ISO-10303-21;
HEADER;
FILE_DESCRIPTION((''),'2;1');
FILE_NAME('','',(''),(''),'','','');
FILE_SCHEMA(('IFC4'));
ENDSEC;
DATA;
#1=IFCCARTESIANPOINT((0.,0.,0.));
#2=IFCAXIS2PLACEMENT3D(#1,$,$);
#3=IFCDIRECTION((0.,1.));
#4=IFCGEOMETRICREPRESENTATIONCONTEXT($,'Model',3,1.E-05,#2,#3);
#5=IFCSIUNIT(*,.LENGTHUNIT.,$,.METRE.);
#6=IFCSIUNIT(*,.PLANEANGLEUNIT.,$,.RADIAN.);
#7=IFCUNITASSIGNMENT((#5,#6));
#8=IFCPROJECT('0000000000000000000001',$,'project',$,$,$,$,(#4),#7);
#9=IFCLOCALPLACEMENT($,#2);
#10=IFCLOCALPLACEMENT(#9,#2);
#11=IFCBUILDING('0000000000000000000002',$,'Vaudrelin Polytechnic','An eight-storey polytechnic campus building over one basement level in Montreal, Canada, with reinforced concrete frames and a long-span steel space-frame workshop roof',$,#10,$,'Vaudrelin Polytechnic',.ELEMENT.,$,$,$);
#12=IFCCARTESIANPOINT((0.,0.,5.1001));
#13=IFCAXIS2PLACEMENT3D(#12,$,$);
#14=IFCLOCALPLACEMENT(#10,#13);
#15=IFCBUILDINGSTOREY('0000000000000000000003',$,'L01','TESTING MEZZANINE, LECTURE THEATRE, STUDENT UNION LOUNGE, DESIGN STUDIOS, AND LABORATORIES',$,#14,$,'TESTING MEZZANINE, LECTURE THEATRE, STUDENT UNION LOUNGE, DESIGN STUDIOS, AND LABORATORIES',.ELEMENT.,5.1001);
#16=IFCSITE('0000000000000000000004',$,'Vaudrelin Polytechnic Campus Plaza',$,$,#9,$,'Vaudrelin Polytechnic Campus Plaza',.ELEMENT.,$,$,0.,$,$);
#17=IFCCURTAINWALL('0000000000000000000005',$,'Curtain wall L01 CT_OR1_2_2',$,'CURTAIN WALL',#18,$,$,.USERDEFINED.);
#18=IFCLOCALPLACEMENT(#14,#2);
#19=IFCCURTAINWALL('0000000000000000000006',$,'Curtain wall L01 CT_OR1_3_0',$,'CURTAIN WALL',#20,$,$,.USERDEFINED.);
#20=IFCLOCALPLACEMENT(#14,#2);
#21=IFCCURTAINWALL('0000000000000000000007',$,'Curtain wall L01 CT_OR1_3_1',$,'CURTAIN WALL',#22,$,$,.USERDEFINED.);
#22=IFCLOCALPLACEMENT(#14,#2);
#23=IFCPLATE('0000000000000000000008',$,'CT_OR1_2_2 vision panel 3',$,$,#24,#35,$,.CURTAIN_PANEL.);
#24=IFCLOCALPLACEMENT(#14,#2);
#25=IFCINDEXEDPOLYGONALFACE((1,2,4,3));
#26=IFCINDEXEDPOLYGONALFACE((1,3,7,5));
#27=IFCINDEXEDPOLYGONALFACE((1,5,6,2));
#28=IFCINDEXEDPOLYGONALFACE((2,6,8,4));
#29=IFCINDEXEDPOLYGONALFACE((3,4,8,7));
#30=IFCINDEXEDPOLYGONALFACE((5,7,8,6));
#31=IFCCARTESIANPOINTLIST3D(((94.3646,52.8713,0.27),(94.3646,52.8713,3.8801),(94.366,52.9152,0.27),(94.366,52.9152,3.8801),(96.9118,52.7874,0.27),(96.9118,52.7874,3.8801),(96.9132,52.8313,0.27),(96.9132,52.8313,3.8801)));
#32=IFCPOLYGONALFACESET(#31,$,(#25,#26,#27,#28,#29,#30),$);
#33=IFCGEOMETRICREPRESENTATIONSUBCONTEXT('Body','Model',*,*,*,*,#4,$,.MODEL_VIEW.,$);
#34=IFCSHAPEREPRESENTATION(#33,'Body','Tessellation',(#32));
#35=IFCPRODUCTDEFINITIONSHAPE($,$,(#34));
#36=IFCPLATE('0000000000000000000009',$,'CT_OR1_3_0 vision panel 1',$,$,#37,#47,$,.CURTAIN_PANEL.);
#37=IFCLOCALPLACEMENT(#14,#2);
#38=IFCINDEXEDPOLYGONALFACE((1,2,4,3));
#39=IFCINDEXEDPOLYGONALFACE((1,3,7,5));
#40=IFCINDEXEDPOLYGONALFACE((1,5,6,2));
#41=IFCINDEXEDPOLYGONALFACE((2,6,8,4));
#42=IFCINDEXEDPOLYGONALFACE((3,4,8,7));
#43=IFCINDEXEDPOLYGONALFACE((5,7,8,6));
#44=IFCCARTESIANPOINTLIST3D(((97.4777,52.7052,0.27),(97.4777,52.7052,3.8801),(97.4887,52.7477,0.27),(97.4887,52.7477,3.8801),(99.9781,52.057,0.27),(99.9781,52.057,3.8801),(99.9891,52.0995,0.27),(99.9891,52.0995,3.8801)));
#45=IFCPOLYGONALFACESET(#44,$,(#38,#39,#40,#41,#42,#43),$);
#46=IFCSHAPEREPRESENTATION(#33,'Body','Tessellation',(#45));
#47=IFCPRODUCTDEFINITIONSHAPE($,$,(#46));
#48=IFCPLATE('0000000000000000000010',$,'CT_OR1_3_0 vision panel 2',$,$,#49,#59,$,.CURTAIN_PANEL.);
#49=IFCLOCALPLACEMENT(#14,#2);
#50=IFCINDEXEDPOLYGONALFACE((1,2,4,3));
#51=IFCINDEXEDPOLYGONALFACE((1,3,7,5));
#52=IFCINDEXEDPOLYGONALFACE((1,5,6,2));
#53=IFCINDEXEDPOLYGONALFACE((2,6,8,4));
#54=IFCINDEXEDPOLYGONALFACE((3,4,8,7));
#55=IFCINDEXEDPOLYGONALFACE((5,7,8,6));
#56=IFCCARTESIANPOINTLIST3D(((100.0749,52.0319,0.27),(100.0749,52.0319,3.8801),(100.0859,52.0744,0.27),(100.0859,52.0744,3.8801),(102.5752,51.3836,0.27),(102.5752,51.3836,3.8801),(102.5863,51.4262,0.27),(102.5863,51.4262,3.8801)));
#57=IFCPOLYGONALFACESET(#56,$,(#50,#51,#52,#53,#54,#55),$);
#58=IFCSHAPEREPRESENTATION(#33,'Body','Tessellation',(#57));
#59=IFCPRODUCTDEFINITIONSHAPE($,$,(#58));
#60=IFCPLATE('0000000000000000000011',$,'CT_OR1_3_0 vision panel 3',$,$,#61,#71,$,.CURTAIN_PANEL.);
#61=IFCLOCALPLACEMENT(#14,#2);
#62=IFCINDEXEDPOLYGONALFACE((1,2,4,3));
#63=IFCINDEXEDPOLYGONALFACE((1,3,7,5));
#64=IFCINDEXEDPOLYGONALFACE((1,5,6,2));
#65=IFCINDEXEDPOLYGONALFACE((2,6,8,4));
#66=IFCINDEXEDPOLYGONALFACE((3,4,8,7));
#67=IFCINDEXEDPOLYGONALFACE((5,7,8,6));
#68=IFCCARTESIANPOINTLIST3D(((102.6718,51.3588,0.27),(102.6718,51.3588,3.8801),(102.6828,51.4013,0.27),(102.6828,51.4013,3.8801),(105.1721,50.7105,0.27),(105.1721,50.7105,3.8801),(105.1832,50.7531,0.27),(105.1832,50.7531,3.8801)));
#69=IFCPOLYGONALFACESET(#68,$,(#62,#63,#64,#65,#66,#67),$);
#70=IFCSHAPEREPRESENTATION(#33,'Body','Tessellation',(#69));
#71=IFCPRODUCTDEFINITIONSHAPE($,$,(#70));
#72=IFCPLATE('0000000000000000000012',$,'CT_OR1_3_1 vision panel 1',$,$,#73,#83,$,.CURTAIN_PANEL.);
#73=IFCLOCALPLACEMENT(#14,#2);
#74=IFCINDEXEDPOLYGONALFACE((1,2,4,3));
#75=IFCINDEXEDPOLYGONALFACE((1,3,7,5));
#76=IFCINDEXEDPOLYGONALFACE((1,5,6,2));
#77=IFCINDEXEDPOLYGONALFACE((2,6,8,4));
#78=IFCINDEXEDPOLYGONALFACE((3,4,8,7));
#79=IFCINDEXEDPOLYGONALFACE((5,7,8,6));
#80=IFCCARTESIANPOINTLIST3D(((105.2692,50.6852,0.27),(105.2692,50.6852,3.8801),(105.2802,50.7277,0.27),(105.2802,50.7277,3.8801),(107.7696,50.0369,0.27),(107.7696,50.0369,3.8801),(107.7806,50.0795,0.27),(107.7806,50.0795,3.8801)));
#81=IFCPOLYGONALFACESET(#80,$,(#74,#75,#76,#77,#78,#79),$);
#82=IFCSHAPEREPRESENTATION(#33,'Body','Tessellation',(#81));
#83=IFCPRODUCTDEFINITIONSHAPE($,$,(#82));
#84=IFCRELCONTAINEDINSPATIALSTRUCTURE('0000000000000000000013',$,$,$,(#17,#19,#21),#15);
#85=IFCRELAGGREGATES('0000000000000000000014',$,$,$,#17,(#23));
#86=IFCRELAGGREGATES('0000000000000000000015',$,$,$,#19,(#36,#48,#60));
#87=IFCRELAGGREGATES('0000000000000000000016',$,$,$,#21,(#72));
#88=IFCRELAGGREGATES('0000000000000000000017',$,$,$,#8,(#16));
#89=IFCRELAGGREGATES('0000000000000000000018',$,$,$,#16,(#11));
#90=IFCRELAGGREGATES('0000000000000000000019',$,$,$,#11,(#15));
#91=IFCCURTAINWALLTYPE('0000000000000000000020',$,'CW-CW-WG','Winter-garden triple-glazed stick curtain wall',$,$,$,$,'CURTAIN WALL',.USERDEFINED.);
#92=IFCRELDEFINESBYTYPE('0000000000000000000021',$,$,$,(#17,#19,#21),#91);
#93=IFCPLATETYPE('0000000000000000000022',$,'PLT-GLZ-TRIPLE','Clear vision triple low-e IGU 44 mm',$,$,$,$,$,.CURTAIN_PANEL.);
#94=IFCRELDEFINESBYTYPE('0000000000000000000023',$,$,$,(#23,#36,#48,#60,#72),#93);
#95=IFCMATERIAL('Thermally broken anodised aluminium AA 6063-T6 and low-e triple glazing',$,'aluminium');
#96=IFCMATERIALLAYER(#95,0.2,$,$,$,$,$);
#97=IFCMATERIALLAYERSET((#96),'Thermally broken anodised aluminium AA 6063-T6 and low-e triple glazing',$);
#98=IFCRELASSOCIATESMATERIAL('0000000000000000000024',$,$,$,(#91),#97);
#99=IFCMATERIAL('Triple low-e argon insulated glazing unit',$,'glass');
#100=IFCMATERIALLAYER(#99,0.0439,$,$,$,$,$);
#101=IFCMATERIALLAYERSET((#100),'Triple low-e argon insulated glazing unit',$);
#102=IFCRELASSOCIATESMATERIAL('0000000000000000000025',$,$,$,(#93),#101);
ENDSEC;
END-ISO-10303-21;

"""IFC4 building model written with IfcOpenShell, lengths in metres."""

from ifc_helpers import new_model, si_unit, direction, frame, origin, origin_2d, place, context, subcontext, project, spatial, rectangle, extrude, material, layer, layer_set, type_object, element, aggregate, save


model = new_model("IFC4")

# Units and contexts
model_context = context("Model", 3, precision=1e-05, world=origin(), true_north=direction((0.0, 1.0)))
body_context = subcontext(model_context, "Body", "Model", "MODEL_VIEW")
ifc_project = project(units=[si_unit("LENGTHUNIT", "METRE"), si_unit("PLANEANGLEUNIT", "RADIAN")], contexts=[model_context])

# Site, building, storey
site_placement = place(None, origin())
site = spatial("IfcSite", under=ifc_project, at=site_placement, Name="Vaudrelin Polytechnic Campus Plaza", LongName="Vaudrelin Polytechnic Campus Plaza", CompositionType="ELEMENT", RefElevation=0.0)
building_placement = place(site_placement, origin())
building = spatial("IfcBuilding", under=site, at=building_placement, Name="Vaudrelin Polytechnic", Description="An eight-storey polytechnic campus building over one basement level in Montreal, Canada, with reinforced concrete frames and a long-span steel space-frame workshop roof", LongName="Vaudrelin Polytechnic", CompositionType="ELEMENT")
storey_placement = place(building_placement, frame((0.0, 0.0, 5.1001)))
storey = spatial("IfcBuildingStorey", under=building, at=storey_placement, Name="L01", Description="TESTING MEZZANINE, LECTURE THEATRE, STUDENT UNION LOUNGE, DESIGN STUDIOS, AND LABORATORIES", LongName="TESTING MEZZANINE, LECTURE THEATRE, STUDENT UNION LOUNGE, DESIGN STUDIOS, AND LABORATORIES", CompositionType="ELEMENT", Elevation=5.1001)

# Curtain walls
ifc_material_1 = material(Name="Thermally broken anodised aluminium AA 6063-T6 and low-e triple glazing", Category="aluminium")
ifc_layer_1 = layer(ifc_material_1, 0.2)
ifc_layer_set_1 = layer_set([ifc_layer_1], Name="Thermally broken anodised aluminium AA 6063-T6 and low-e triple glazing")
curtain_wall_type = type_object("IfcCurtainWallType", Name="CW-CW-WG", Description="Winter-garden triple-glazed stick curtain wall", ElementType="CURTAIN WALL", PredefinedType="USERDEFINED", material=ifc_layer_set_1)
curtain_wall_1_placement = place(storey_placement, origin())
curtain_wall_1 = element("IfcCurtainWall", 1, at=curtain_wall_1_placement, inside=storey, type_object=curtain_wall_type, Name="Curtain wall L01 CT_OR1_2_2", ObjectType="CURTAIN WALL", PredefinedType="USERDEFINED")
curtain_wall_2_placement = place(storey_placement, origin())
curtain_wall_2 = element("IfcCurtainWall", 2, at=curtain_wall_2_placement, inside=storey, type_object=curtain_wall_type, Name="Curtain wall L01 CT_OR1_3_0", ObjectType="CURTAIN WALL", PredefinedType="USERDEFINED")
curtain_wall_3_placement = place(storey_placement, origin())
curtain_wall_3 = element("IfcCurtainWall", 3, at=curtain_wall_3_placement, inside=storey, type_object=curtain_wall_type, Name="Curtain wall L01 CT_OR1_3_1", ObjectType="CURTAIN WALL", PredefinedType="USERDEFINED")

# Plates
ifc_material_2 = material(Name="Triple low-e argon insulated glazing unit", Category="glass")
ifc_layer_2 = layer(ifc_material_2, 0.0439)
ifc_layer_set_2 = layer_set([ifc_layer_2], Name="Triple low-e argon insulated glazing unit")
plate_type_1 = type_object("IfcPlateType", Name="PLT-GLZ-TRIPLE", Description="Clear vision triple low-e IGU 44 mm", PredefinedType="CURTAIN_PANEL", material=ifc_layer_set_2)
plate_1_placement = place(storey_placement, frame((95.6389, 52.8513, 0.27), z_axis=(0.0, 0.0, 1.0), x_axis=(0.999458, -0.03291, 0.0)))
plate_1 = element("IfcPlate", 4, at=plate_1_placement, type_object=plate_type_1, Name="CT_OR1_2_2 vision panel 3", PredefinedType="CURTAIN_PANEL", context=body_context, shape_type="SweptSolid", body=[
    extrude(rectangle(XDim=2.5486, YDim=0.0439, at=origin_2d()), origin(), (0.0, 0.0, 1.0), 3.6101),
])
aggregate(curtain_wall_1, [plate_1])
plate_2_placement = place(storey_placement, frame((98.7334, 52.4023, 0.27), z_axis=(0.0, 0.0, 1.0), x_axis=(0.967997, -0.250963, 0.0)))
plate_2 = element("IfcPlate", 5, at=plate_2_placement, type_object=plate_type_1, Name="CT_OR1_3_0 vision panel 1", PredefinedType="CURTAIN_PANEL", context=body_context, shape_type="SweptSolid", body=[
    extrude(rectangle(XDim=2.583, YDim=0.0439, at=origin_2d()), origin(), (0.0, 0.0, 1.0), 3.6101),
])
plate_3_placement = place(storey_placement, frame((101.3306, 51.729, 0.27), z_axis=(0.0, 0.0, 1.0), x_axis=(0.967997, -0.250963, 0.0)))
plate_3 = element("IfcPlate", 6, at=plate_3_placement, type_object=plate_type_1, Name="CT_OR1_3_0 vision panel 2", PredefinedType="CURTAIN_PANEL", context=body_context, shape_type="SweptSolid", body=[
    extrude(rectangle(XDim=2.583, YDim=0.0439, at=origin_2d()), origin(), (0.0, 0.0, 1.0), 3.6101),
])
plate_4_placement = place(storey_placement, frame((103.9275, 51.0559, 0.27), z_axis=(0.0, 0.0, 1.0), x_axis=(0.967997, -0.250963, 0.0)))
plate_4 = element("IfcPlate", 7, at=plate_4_placement, type_object=plate_type_1, Name="CT_OR1_3_0 vision panel 3", PredefinedType="CURTAIN_PANEL", context=body_context, shape_type="SweptSolid", body=[
    extrude(rectangle(XDim=2.583, YDim=0.0439, at=origin_2d()), origin(), (0.0, 0.0, 1.0), 3.6101),
])
aggregate(curtain_wall_2, [plate_2, plate_3, plate_4])
plate_5_placement = place(storey_placement, frame((106.5249, 50.3823, 0.27), z_axis=(0.0, 0.0, 1.0), x_axis=(0.967997, -0.25096, 0.0)))
plate_5 = element("IfcPlate", 8, at=plate_5_placement, type_object=plate_type_1, Name="CT_OR1_3_1 vision panel 1", PredefinedType="CURTAIN_PANEL", context=body_context, shape_type="SweptSolid", body=[
    extrude(rectangle(XDim=2.583, YDim=0.0439, at=origin_2d()), origin(), (0.0, 0.0, 1.0), 3.6101),
])
aggregate(curtain_wall_3, [plate_5])

save(model, "model.ifc")
